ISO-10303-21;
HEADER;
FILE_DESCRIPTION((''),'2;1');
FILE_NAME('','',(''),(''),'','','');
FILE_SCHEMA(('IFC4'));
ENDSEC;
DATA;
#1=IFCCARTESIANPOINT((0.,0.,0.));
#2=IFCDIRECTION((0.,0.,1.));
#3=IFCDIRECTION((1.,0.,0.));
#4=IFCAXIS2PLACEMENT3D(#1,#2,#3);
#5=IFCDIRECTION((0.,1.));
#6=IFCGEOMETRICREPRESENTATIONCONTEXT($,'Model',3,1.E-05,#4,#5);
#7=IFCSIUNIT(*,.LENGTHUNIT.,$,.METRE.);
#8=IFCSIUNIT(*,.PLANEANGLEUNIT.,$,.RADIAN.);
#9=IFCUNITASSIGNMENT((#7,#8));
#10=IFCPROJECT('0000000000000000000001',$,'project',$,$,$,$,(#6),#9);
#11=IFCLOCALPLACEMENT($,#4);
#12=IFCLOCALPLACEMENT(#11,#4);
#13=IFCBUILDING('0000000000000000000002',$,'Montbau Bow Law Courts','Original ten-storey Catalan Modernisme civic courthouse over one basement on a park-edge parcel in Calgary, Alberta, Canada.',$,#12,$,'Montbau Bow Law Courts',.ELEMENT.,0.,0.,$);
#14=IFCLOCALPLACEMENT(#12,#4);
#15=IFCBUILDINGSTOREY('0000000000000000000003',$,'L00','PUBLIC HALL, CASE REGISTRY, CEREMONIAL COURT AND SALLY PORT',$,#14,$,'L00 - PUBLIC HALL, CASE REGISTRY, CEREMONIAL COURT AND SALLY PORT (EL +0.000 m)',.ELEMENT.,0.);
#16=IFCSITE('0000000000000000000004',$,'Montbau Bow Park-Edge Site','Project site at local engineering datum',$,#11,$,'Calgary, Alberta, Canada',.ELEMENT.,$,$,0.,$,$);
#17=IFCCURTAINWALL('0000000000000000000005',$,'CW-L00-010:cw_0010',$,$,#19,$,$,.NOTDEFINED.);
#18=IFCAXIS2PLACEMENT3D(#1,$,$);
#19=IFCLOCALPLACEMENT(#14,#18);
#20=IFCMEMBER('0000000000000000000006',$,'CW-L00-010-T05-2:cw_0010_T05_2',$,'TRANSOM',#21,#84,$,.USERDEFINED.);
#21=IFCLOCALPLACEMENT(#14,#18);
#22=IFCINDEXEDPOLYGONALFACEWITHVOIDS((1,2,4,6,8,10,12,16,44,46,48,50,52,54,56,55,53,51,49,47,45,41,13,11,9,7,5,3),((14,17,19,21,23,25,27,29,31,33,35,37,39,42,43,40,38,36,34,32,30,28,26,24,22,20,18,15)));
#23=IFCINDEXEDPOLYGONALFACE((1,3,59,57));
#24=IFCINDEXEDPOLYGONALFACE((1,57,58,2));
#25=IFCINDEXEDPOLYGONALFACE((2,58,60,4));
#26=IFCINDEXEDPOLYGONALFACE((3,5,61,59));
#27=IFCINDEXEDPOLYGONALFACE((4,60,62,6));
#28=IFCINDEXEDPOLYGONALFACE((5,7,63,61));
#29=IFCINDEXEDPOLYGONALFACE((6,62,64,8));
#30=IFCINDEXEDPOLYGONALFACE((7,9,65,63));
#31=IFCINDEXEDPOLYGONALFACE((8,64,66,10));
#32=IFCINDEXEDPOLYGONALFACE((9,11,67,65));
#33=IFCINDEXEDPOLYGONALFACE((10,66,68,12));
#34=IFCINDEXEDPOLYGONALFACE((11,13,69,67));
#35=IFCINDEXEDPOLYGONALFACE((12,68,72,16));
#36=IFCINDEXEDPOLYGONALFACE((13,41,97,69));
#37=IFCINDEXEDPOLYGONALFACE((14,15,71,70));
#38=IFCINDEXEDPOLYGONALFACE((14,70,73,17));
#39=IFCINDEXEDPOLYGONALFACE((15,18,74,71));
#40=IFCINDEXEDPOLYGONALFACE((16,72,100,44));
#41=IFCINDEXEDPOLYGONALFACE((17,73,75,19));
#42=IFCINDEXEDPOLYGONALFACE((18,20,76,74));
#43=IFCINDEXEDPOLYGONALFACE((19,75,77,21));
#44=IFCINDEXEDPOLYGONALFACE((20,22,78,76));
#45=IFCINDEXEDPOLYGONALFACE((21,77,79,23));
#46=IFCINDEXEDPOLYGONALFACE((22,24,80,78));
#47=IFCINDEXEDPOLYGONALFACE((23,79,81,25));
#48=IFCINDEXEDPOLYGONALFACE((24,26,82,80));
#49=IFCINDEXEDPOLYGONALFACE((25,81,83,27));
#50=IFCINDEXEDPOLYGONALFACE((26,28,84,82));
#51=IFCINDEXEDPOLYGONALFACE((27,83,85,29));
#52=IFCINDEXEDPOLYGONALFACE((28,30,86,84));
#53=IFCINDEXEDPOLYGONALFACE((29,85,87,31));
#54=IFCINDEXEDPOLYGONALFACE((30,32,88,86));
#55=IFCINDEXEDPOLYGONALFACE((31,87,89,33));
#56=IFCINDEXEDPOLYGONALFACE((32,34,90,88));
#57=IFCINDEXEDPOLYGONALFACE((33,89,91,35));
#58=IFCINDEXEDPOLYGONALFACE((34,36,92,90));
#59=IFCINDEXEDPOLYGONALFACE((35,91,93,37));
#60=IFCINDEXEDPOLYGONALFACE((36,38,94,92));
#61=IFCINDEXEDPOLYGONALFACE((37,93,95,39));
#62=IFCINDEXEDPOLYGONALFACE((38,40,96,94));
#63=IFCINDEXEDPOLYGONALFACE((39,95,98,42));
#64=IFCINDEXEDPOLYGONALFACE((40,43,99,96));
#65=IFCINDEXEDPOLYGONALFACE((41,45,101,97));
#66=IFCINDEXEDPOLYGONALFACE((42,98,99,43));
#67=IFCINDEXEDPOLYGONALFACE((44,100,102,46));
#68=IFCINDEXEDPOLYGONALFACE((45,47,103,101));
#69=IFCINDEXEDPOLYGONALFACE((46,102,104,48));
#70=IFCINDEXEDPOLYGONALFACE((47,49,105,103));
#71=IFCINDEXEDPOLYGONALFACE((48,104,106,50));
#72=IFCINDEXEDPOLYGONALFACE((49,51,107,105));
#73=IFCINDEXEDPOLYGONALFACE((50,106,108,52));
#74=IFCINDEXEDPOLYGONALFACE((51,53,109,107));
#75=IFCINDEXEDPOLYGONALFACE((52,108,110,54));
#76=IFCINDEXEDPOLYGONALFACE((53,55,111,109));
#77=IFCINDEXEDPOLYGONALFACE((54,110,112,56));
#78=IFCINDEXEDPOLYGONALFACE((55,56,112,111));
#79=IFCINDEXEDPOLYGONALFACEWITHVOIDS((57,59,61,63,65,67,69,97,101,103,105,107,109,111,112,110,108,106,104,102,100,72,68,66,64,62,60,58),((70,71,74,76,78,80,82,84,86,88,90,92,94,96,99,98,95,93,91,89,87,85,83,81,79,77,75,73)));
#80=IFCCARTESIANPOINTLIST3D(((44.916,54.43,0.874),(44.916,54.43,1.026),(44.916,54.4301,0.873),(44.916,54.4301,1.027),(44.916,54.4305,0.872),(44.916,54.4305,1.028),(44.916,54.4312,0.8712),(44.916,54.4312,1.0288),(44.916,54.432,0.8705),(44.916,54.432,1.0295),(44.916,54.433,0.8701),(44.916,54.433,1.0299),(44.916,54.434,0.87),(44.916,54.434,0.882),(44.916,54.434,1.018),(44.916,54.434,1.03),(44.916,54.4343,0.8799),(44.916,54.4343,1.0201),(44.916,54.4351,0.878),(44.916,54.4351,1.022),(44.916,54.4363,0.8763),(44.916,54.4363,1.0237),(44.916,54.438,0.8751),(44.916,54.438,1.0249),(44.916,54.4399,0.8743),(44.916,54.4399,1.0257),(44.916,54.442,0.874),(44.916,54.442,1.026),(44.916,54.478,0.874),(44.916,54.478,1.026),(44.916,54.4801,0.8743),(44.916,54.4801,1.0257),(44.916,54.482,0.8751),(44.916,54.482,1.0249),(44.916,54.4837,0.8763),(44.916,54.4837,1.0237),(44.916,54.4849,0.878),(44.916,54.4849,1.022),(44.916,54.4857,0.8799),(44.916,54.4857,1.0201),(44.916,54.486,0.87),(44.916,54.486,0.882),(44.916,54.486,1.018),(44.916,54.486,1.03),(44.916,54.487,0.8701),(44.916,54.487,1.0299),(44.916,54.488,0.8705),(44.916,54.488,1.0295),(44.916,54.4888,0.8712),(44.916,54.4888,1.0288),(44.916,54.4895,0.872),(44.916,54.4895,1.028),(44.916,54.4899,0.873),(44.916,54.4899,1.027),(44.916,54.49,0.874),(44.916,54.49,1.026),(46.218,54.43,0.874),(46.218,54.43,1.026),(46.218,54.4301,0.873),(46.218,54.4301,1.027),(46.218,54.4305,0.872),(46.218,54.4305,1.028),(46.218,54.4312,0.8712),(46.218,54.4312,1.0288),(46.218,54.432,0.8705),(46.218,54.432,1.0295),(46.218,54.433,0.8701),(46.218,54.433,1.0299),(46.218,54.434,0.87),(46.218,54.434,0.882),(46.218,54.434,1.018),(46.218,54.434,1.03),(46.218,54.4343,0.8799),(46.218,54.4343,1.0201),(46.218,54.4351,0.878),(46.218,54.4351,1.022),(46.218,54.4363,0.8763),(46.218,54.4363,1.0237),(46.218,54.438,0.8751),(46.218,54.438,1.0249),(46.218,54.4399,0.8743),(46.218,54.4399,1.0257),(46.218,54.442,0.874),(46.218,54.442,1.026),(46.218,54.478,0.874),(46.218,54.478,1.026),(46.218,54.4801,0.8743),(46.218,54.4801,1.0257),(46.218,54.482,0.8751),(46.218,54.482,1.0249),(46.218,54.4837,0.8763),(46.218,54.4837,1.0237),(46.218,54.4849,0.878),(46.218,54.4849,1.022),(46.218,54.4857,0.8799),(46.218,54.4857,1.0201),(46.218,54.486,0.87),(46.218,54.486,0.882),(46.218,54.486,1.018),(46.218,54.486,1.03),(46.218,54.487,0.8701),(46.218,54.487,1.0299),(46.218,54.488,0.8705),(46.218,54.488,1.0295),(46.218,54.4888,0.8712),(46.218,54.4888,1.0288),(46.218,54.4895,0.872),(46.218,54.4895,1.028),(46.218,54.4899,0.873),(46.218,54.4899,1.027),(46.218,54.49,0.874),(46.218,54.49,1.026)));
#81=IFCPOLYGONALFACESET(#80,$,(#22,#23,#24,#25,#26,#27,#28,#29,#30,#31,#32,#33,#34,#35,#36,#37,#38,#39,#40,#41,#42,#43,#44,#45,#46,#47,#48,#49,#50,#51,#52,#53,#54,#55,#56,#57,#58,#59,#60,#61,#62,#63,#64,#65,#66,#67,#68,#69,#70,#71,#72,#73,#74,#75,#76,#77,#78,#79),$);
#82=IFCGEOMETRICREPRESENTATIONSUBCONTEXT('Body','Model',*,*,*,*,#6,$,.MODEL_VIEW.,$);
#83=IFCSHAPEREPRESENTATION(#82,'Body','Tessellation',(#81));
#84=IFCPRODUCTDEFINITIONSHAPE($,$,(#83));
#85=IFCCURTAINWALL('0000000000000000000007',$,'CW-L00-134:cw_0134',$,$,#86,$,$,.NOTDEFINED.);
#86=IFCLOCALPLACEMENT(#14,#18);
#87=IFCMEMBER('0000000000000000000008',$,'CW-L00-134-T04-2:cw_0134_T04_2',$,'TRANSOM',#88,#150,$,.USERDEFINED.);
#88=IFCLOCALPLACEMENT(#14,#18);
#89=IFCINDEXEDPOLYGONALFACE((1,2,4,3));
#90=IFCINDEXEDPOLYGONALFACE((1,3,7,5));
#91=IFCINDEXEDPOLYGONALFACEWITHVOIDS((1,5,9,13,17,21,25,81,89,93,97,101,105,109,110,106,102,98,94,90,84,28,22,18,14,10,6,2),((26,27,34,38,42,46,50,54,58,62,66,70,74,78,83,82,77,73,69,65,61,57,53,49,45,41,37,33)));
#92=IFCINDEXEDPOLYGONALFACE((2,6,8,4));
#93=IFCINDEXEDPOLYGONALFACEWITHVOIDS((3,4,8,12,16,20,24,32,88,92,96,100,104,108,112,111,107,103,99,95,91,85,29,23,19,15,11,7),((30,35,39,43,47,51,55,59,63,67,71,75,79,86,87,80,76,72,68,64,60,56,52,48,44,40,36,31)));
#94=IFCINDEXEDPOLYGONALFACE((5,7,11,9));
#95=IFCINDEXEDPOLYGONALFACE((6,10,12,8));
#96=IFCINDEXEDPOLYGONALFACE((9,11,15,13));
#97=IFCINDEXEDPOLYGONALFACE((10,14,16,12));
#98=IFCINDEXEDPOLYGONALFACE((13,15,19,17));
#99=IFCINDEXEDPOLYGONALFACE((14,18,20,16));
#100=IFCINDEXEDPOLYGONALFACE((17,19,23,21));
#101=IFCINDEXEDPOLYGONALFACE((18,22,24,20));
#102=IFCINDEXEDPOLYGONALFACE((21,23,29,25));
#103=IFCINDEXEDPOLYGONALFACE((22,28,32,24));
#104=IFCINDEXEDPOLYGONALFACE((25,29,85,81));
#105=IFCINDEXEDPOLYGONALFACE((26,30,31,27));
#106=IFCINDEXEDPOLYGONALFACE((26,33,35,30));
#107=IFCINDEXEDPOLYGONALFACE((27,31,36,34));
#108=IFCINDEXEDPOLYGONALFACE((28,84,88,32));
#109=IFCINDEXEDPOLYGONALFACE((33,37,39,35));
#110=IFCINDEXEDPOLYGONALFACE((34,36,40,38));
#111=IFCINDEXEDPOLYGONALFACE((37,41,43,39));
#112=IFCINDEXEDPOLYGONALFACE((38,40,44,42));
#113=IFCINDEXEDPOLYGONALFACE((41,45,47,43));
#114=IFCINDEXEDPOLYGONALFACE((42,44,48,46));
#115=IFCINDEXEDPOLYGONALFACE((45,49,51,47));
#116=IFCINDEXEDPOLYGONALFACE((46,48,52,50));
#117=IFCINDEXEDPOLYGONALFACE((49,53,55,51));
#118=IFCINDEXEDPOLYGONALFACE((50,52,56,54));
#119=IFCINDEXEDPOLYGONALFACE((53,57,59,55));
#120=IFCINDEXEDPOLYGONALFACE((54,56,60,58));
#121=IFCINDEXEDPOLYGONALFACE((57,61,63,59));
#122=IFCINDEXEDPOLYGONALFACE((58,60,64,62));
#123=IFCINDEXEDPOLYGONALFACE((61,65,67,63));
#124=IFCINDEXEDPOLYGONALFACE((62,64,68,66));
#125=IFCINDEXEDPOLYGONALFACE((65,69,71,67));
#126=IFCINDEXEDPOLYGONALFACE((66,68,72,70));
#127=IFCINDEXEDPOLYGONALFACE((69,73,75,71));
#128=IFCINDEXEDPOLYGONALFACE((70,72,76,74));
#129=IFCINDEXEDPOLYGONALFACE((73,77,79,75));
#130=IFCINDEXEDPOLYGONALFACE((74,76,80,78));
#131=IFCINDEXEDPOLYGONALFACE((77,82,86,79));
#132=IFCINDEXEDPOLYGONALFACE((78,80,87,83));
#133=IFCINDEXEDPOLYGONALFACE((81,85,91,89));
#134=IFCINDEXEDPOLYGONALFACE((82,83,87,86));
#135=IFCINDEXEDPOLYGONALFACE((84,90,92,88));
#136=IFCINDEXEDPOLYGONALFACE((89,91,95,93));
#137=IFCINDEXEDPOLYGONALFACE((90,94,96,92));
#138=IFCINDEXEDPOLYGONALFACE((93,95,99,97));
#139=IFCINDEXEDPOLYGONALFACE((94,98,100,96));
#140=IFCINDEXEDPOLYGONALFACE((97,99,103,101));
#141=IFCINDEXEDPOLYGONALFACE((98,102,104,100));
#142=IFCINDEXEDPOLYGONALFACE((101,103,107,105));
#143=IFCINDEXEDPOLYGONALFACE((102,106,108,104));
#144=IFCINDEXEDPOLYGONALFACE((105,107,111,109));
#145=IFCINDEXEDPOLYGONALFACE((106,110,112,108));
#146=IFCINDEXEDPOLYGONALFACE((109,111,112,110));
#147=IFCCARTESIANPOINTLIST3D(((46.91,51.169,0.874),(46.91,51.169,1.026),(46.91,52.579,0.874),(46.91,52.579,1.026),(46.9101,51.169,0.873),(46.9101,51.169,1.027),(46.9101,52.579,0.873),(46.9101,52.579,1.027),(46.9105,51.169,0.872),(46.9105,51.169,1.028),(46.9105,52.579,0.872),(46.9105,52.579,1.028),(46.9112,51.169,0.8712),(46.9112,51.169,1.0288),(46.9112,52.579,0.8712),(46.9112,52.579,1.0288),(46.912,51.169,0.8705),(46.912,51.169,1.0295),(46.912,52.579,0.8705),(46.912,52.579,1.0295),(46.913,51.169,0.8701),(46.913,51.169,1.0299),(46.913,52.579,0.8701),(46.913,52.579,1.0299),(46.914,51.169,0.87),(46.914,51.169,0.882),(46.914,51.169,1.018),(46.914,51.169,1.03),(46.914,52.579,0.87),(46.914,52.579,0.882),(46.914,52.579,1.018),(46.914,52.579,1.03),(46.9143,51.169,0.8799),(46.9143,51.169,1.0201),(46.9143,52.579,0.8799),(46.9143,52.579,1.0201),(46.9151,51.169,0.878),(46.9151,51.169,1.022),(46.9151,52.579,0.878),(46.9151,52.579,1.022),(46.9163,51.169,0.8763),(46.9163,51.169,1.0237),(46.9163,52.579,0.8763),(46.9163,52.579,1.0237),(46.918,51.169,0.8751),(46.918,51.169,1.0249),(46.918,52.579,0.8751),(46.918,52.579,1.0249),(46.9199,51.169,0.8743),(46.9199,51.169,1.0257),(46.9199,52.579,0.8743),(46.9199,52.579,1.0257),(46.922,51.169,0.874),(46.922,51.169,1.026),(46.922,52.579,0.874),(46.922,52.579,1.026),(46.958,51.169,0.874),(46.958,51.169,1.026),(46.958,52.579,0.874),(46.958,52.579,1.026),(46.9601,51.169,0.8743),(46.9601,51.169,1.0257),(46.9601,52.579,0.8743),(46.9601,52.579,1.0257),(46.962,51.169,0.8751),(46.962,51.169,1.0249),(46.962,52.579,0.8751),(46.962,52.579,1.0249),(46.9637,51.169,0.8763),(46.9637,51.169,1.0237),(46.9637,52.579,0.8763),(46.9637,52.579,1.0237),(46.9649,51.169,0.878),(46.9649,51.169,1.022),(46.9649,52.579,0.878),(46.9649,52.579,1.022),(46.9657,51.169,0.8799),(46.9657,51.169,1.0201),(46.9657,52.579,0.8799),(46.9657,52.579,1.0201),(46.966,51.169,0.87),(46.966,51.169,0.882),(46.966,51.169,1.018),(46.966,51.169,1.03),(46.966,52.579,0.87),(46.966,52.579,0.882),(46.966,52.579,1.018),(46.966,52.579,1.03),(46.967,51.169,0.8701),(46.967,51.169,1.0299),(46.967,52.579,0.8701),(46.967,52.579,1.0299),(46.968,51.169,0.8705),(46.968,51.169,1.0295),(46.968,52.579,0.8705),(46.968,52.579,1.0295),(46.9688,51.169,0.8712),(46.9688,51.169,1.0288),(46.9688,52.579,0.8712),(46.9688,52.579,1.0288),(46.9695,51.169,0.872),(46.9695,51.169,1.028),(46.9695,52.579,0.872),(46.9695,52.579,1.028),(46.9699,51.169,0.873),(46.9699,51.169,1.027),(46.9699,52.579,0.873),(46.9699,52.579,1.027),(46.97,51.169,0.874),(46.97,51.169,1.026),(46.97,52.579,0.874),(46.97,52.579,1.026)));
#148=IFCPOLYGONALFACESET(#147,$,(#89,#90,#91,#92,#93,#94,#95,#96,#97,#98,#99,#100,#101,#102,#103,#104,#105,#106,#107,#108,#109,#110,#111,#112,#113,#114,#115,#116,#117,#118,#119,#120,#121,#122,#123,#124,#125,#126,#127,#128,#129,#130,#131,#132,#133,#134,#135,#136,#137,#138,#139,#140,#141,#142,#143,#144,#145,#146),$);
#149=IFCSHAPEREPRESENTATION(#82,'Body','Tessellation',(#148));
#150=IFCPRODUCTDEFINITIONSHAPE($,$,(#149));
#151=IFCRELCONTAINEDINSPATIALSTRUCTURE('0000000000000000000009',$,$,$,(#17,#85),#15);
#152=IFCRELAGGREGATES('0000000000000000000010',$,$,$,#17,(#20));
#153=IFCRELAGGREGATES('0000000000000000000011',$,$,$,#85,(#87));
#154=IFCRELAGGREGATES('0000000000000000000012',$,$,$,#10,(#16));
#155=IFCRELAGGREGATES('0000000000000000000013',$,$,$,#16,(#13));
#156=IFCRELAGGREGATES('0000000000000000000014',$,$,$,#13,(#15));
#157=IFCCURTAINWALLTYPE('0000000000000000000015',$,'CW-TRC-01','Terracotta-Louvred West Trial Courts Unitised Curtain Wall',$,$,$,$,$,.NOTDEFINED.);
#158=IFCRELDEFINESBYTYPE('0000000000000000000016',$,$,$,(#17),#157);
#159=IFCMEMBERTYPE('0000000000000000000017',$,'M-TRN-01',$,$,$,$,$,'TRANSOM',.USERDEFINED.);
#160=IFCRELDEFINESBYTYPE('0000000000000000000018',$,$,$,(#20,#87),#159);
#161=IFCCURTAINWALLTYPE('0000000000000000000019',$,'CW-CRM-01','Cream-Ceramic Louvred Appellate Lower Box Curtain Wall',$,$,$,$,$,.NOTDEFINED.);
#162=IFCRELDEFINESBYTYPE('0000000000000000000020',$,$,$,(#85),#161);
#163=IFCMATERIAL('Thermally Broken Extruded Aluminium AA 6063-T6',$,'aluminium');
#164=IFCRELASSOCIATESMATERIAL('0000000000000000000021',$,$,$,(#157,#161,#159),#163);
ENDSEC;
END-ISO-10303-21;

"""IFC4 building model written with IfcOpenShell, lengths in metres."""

from ifc_helpers import new_model, si_unit, direction, frame, origin_with_axes, origin_2d_with_axis, place, context, subcontext, project, spatial, hollow_rectangle, extrude, material, material_profile, profile_set, type_object, element, aggregate, save


model = new_model("IFC4")

# Units and contexts
model_context = context("Model", 3, precision=1e-05, world=origin_with_axes(), true_north=direction((0.0, 1.0)))
body_context = subcontext(model_context, "Body", "Model", "MODEL_VIEW")
ifc_project = project(units=[si_unit("LENGTHUNIT", "METRE"), si_unit("PLANEANGLEUNIT", "RADIAN")], contexts=[model_context])

# Site, building, storey
site_placement = place(None, origin_with_axes())
site = spatial("IfcSite", under=ifc_project, at=site_placement, Name="Montbau Bow Park-Edge Site", Description="Project site at local engineering datum", LongName="Calgary, Alberta, Canada", CompositionType="ELEMENT", RefElevation=0.0)
building_placement = place(site_placement, origin_with_axes())
building = spatial("IfcBuilding", under=site, at=building_placement, Name="Montbau Bow Law Courts", Description="Original ten-storey Catalan Modernisme civic courthouse over one basement on a park-edge parcel in Calgary, Alberta, Canada.", LongName="Montbau Bow Law Courts", CompositionType="ELEMENT", ElevationOfRefHeight=0.0, ElevationOfTerrain=0.0)
storey_placement = place(building_placement, origin_with_axes())
storey = spatial("IfcBuildingStorey", under=building, at=storey_placement, Name="L00", Description="PUBLIC HALL, CASE REGISTRY, CEREMONIAL COURT AND SALLY PORT", LongName="L00 - PUBLIC HALL, CASE REGISTRY, CEREMONIAL COURT AND SALLY PORT (EL +0.000 m)", CompositionType="ELEMENT", Elevation=0.0)

# Curtain walls, members
ifc_material_1 = material(Name="Thermally Broken Extruded Aluminium AA 6063-T6", Category="aluminium")
curtain_wall_type_1 = type_object("IfcCurtainWallType", Name="CW-TRC-01", Description="Terracotta-Louvred West Trial Courts Unitised Curtain Wall", PredefinedType="NOTDEFINED", material=ifc_material_1)
curtain_wall_1_placement = place(None, frame((39.268, 54.46, 0.0), z_axis=(0.0, 0.0, 1.0), x_axis=(1.0, 0.0, 0.0)))
curtain_wall_1 = element("IfcCurtainWall", 1, at=curtain_wall_1_placement, inside=storey, type_object=curtain_wall_type_1, Name="CW-L00-010:cw_0010", PredefinedType="NOTDEFINED")
ifc_material_profile_1 = material_profile(ifc_material_1, hollow_rectangle(XDim=0.06, YDim=0.16, WallThickness=0.004, InnerFilletRadius=0.008, OuterFilletRadius=0.004, at=origin_2d_with_axis()), Name="CWT-160X60", Category="Main", Priority=0)
ifc_profile_set_1 = profile_set([ifc_material_profile_1], Name="Thermally Broken Extruded Aluminium AA 6063-T6")
member_type_1 = type_object("IfcMemberType", Name="M-TRN-01", ElementType="TRANSOM", PredefinedType="USERDEFINED", material=ifc_profile_set_1)
member_1_placement = place(None, frame((44.916, 54.46, 0.95), z_axis=(1.0, 0.0, 0.0), x_axis=(0.0, 1.0, 0.0)))
member_1 = element("IfcMember", 2, at=member_1_placement, type_object=member_type_1, Name="CW-L00-010-T05-2:cw_0010_T05_2", ObjectType="TRANSOM", PredefinedType="USERDEFINED", context=body_context, shape_type="SweptSolid", body=[
    extrude(hollow_rectangle(XDim=0.06, YDim=0.16, WallThickness=0.004, InnerFilletRadius=0.008, OuterFilletRadius=0.004, at=origin_2d_with_axis()), origin_with_axes(), (0.0, 0.0, 1.0), 1.302),
])
curtain_wall_type_2 = type_object("IfcCurtainWallType", Name="CW-CRM-01", Description="Cream-Ceramic Louvred Appellate Lower Box Curtain Wall", PredefinedType="NOTDEFINED", material=ifc_material_1)
curtain_wall_2_placement = place(None, frame((46.94, 46.715, 0.0), z_axis=(0.0, 0.0, 1.0), x_axis=(1.0, 0.0, 0.0)))
curtain_wall_2 = element("IfcCurtainWall", 3, at=curtain_wall_2_placement, inside=storey, type_object=curtain_wall_type_2, Name="CW-L00-134:cw_0134", PredefinedType="NOTDEFINED")
member_2_placement = place(None, frame((46.94, 51.169, 0.95), z_axis=(0.0, 1.0, 0.0), x_axis=(-1.0, 0.0, 0.0)))
member_2 = element("IfcMember", 4, at=member_2_placement, type_object=member_type_1, Name="CW-L00-134-T04-2:cw_0134_T04_2", ObjectType="TRANSOM", PredefinedType="USERDEFINED", context=body_context, shape_type="SweptSolid", body=[
    extrude(hollow_rectangle(XDim=0.06, YDim=0.16, WallThickness=0.004, InnerFilletRadius=0.008, OuterFilletRadius=0.004, at=origin_2d_with_axis()), origin_with_axes(), (0.0, 0.0, 1.0), 1.41),
])

aggregate(curtain_wall_1, [member_1])
aggregate(curtain_wall_2, [member_2])

save(model, "model.ifc")
